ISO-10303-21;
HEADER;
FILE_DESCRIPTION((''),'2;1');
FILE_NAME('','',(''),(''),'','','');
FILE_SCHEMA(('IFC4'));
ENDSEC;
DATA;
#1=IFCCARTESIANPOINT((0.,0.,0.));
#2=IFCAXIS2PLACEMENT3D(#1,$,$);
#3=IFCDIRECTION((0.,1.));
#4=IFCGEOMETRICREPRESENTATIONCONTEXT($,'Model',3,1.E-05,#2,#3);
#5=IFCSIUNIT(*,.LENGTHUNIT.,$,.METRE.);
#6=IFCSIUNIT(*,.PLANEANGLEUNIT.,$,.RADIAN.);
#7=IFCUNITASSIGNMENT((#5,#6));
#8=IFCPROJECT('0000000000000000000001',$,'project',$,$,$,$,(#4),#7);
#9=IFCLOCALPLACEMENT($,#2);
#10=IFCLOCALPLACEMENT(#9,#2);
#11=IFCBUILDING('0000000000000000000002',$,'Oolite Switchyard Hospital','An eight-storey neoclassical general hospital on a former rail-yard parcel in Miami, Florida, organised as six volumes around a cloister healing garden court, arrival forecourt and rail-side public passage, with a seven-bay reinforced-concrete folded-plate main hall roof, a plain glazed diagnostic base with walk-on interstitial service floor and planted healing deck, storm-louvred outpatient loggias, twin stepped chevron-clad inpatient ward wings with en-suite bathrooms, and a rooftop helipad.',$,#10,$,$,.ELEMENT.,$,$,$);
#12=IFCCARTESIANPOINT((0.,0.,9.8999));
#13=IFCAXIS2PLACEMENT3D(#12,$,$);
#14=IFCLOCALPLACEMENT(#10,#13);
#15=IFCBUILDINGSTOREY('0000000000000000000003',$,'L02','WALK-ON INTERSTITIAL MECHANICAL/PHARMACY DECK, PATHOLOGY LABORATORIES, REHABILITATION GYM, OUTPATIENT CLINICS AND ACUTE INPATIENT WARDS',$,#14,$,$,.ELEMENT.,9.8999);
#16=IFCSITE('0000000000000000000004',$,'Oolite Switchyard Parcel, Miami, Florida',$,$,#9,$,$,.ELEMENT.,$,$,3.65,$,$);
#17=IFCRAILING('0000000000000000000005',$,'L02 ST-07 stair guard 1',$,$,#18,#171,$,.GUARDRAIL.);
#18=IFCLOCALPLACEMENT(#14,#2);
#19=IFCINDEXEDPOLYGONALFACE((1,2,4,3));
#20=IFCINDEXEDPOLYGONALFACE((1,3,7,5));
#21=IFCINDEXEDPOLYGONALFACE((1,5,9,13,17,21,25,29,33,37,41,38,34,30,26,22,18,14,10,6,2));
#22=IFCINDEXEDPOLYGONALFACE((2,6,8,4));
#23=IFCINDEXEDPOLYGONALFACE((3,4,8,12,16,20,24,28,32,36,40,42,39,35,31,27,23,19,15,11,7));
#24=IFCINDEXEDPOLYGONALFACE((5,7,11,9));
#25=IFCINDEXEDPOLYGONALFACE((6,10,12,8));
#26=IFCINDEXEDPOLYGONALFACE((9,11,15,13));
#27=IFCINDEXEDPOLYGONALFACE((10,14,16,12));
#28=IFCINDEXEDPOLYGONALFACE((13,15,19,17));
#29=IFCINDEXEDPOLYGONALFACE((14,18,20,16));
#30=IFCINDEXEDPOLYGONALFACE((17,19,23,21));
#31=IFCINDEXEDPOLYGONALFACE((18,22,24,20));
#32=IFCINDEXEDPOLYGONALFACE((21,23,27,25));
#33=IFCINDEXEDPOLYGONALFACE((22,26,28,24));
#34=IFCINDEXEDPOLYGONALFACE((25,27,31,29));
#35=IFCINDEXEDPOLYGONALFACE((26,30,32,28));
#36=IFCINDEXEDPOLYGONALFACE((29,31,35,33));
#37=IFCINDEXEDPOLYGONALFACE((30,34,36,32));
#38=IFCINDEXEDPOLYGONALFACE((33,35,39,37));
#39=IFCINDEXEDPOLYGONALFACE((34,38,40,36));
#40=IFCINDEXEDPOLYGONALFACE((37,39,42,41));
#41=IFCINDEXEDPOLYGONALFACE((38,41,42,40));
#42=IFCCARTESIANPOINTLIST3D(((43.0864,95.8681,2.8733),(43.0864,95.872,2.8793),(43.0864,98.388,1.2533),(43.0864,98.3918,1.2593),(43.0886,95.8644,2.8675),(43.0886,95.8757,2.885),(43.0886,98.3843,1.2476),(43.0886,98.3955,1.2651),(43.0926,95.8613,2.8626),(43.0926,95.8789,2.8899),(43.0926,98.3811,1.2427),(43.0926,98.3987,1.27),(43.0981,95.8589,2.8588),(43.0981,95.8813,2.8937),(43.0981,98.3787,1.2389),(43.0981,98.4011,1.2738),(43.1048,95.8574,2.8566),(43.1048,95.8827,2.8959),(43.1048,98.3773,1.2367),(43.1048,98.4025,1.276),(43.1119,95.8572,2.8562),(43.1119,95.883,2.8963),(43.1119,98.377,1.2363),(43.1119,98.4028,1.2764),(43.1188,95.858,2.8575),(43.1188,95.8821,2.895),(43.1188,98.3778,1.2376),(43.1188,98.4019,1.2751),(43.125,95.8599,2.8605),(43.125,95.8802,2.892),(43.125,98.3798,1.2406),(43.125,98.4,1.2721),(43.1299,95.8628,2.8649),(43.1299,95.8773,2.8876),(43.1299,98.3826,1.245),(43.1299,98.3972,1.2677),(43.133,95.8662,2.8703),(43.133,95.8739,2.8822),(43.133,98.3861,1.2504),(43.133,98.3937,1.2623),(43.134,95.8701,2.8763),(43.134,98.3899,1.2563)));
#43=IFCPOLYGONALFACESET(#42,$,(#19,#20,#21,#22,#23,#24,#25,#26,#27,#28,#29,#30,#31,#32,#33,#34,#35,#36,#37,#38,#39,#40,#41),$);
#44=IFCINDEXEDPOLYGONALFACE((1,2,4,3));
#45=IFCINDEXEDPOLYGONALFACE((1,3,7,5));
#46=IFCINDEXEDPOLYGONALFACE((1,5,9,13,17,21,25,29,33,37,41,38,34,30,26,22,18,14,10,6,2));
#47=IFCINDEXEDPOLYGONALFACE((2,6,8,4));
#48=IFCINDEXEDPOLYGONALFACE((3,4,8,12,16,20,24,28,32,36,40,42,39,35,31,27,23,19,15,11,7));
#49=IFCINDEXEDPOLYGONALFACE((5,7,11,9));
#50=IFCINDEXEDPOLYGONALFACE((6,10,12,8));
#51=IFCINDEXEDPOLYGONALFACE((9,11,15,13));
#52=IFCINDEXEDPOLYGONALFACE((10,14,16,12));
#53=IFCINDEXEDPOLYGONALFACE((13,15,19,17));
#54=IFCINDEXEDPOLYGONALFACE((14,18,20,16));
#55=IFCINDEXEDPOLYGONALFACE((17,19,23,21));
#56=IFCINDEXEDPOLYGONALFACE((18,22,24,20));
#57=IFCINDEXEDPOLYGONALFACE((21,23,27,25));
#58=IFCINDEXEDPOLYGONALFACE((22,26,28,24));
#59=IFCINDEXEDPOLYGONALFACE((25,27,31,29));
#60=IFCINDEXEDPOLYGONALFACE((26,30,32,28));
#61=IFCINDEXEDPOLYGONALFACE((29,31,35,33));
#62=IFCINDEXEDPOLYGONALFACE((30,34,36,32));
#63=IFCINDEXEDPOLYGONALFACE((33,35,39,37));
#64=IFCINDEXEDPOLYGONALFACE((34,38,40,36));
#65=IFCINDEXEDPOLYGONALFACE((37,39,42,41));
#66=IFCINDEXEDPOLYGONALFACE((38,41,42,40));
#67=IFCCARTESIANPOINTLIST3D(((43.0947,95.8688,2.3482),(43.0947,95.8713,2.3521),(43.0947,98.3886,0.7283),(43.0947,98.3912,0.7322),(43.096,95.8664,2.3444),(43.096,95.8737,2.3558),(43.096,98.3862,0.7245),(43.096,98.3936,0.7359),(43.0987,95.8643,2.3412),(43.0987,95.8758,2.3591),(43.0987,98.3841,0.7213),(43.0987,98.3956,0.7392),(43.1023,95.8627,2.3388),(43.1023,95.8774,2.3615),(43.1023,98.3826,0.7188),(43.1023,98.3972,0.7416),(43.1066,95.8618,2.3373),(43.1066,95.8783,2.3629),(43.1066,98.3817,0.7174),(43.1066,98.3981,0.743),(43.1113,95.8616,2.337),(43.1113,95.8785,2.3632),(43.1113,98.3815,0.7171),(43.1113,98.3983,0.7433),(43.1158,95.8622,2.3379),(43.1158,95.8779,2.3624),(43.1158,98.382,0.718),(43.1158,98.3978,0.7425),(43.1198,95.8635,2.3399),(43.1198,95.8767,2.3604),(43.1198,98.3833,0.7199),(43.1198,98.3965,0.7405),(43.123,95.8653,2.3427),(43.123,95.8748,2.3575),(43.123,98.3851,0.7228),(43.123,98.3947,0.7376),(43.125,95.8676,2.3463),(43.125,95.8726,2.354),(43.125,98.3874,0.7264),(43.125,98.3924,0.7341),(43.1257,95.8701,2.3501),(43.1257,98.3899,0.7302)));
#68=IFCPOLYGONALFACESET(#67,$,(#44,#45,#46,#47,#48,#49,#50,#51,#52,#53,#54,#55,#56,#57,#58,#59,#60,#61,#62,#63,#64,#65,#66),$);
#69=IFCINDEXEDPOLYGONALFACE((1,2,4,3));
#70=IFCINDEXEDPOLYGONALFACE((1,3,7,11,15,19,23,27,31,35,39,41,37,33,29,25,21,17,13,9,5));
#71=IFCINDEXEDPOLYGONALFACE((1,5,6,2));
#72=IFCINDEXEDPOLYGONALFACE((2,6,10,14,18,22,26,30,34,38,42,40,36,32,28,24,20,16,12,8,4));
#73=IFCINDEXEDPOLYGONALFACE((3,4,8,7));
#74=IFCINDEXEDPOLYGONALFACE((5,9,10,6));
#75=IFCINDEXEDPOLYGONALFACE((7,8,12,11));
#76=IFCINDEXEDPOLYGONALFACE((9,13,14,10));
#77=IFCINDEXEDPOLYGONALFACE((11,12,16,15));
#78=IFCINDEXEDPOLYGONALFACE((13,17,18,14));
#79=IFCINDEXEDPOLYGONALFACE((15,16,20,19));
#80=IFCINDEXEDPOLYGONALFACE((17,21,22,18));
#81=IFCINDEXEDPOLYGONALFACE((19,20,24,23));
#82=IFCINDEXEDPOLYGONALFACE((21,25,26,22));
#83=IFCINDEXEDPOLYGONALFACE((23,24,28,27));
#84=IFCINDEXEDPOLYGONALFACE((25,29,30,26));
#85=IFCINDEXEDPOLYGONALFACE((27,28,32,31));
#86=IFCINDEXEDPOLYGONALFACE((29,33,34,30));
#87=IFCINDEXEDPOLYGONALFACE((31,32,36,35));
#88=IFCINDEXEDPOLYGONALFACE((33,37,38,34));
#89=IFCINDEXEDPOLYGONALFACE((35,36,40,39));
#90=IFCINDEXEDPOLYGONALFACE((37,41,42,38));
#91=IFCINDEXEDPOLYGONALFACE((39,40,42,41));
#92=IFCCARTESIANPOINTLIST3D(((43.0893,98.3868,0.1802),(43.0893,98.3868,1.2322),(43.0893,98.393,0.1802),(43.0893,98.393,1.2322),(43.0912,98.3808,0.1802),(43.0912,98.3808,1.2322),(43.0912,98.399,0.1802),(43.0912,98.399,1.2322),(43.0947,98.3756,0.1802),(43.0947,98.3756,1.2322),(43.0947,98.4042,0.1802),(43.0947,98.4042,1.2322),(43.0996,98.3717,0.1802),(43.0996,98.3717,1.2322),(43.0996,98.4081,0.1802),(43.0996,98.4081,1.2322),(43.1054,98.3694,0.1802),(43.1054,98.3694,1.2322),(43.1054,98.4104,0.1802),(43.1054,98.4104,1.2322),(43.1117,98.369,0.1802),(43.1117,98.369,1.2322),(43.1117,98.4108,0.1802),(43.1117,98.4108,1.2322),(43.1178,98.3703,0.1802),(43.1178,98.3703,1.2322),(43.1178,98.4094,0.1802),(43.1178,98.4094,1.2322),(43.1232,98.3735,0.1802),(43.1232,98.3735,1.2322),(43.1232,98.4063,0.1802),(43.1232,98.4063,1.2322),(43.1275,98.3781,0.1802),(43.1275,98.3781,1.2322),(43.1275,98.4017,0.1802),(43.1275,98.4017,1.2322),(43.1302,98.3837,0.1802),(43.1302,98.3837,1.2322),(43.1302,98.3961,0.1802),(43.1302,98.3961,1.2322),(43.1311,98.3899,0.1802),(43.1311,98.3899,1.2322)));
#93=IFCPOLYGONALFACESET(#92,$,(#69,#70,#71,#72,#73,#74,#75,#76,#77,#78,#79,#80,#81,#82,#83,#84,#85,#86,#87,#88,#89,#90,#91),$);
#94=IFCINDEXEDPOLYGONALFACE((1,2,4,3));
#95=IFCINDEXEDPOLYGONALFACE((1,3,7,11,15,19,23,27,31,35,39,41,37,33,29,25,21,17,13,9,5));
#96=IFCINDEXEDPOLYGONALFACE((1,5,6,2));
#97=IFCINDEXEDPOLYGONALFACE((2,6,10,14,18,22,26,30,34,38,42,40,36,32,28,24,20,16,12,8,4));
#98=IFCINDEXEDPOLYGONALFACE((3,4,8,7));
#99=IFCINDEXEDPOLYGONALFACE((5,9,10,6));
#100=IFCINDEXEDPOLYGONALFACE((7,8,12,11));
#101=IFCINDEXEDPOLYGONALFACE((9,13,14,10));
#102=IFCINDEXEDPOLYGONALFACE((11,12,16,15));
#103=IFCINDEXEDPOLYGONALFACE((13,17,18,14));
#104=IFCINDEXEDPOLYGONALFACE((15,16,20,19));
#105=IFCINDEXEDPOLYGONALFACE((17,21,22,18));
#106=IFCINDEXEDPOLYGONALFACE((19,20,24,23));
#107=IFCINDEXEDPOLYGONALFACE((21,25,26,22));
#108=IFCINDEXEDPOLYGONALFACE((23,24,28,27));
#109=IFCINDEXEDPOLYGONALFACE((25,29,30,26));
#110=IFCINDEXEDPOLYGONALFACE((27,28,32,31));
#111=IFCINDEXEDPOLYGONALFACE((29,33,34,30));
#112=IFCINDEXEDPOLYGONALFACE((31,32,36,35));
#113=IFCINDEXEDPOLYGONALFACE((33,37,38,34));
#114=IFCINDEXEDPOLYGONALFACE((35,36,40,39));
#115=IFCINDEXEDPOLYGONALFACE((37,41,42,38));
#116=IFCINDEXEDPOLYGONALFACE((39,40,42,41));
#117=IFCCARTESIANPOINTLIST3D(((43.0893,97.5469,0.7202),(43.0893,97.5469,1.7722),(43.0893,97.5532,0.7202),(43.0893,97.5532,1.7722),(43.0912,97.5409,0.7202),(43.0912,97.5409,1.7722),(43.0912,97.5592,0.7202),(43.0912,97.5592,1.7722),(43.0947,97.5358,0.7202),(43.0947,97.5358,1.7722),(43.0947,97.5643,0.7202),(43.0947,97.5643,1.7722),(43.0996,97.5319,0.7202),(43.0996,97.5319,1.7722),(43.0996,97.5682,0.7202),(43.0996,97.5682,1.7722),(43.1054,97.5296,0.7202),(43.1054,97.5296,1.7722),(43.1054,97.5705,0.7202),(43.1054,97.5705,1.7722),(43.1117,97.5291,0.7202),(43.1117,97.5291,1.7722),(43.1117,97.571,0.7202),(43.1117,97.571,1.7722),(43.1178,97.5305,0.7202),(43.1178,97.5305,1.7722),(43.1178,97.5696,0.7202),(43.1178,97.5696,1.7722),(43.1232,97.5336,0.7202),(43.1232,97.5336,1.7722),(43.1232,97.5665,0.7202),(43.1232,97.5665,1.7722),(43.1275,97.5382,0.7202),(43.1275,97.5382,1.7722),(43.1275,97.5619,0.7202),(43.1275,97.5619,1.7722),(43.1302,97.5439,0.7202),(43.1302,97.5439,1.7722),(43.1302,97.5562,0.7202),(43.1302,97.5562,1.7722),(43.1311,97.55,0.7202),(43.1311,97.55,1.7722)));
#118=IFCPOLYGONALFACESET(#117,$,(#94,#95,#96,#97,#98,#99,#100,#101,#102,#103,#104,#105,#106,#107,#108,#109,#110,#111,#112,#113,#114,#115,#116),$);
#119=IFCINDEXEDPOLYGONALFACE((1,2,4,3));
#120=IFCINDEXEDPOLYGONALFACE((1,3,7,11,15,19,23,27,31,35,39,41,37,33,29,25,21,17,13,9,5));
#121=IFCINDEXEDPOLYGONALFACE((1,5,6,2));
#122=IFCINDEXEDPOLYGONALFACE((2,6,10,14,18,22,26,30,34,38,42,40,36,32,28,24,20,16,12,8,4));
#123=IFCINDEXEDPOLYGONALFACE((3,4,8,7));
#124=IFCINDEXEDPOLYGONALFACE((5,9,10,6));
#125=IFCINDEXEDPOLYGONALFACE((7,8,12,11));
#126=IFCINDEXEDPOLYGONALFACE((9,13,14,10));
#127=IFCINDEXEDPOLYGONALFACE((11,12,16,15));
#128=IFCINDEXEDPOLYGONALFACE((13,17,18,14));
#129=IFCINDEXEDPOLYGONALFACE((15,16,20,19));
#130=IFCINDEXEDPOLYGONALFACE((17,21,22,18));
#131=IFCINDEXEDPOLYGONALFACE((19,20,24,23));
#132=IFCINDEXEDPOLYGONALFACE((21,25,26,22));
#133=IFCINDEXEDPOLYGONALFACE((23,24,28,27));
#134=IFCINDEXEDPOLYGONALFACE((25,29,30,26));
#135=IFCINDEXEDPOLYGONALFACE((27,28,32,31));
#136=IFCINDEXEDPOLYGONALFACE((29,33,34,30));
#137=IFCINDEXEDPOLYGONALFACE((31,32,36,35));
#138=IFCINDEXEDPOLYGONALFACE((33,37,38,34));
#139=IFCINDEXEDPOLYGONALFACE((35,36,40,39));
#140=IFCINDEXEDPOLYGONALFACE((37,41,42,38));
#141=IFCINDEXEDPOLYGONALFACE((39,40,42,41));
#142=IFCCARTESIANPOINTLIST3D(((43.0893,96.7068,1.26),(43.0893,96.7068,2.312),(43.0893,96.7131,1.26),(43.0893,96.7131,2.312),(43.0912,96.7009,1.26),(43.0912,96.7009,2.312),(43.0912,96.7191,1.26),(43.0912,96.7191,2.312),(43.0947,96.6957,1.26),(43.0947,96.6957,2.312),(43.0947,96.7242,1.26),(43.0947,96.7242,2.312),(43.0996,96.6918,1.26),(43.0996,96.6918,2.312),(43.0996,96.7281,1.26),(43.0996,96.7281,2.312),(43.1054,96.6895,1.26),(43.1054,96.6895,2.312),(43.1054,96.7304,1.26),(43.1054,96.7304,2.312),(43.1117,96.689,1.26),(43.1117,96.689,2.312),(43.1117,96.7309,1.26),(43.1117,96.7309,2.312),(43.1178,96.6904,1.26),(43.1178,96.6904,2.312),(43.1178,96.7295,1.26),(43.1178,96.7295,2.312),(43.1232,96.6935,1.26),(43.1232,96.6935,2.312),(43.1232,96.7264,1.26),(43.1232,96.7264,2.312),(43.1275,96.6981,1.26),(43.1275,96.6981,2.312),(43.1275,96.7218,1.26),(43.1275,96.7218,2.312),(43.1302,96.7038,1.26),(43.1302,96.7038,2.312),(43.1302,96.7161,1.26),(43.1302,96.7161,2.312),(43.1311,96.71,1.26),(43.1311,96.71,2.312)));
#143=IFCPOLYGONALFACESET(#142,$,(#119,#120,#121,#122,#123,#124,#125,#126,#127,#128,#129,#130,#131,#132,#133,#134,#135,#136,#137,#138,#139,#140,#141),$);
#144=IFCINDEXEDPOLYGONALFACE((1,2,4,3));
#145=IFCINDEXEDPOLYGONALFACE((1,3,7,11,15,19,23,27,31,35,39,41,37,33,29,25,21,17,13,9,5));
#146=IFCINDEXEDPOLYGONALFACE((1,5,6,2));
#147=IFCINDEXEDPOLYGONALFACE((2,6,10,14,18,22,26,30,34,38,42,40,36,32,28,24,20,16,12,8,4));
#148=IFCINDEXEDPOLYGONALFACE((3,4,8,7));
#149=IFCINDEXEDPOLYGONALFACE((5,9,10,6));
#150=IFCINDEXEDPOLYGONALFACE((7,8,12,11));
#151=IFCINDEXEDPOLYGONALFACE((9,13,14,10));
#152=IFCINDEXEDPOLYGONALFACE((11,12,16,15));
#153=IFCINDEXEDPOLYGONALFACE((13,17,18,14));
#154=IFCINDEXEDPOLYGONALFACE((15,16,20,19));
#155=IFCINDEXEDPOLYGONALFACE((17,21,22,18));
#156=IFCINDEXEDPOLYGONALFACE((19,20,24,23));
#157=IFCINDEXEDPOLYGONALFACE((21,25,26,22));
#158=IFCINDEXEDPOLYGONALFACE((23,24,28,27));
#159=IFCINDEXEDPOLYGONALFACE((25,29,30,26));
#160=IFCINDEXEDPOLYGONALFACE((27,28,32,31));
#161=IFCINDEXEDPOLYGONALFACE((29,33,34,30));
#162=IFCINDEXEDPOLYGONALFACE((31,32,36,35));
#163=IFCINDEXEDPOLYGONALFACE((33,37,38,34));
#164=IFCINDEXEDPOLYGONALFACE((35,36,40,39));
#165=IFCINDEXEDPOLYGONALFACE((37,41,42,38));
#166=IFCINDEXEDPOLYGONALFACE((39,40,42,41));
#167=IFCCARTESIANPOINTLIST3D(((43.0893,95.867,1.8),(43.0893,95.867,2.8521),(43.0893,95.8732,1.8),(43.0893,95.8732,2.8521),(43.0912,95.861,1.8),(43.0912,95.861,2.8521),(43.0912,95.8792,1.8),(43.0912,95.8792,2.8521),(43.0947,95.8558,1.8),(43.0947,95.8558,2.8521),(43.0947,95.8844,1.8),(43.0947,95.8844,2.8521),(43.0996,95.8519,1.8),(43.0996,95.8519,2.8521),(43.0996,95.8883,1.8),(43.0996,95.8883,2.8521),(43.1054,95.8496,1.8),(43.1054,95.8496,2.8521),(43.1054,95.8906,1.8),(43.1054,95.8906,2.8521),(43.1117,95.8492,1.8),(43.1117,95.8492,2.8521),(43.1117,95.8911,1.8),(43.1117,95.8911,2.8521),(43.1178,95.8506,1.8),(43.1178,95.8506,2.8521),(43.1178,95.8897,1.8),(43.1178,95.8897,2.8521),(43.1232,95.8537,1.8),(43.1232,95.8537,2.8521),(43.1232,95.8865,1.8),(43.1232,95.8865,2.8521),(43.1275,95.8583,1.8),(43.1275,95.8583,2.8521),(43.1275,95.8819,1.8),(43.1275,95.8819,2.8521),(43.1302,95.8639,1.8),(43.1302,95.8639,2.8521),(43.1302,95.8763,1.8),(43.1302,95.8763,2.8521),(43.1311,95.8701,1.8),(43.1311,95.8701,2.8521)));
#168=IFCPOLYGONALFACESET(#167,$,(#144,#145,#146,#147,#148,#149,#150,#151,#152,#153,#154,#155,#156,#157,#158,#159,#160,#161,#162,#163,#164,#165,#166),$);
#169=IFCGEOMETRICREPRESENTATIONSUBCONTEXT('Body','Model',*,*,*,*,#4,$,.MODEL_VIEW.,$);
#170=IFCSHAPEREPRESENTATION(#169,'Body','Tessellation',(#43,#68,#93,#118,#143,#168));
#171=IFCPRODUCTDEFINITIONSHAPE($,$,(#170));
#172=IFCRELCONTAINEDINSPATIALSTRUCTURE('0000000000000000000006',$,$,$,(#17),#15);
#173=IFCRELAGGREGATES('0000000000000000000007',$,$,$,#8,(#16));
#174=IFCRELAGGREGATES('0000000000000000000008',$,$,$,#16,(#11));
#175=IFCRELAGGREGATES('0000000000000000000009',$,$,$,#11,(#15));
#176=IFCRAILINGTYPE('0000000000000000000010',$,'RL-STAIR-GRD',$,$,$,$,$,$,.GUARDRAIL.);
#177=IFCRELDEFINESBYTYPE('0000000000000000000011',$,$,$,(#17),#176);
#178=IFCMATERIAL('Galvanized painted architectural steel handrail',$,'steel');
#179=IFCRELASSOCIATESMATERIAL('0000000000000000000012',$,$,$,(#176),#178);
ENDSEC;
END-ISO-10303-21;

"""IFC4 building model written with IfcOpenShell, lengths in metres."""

from ifc_helpers import new_model, si_unit, direction, frame, origin, origin_2d, place, context, subcontext, project, spatial, circle, extrude, material, type_object, element, save


model = new_model("IFC4")

# Units and contexts
model_context = context("Model", 3, precision=1e-05, world=origin(), true_north=direction((0.0, 1.0)))
body_context = subcontext(model_context, "Body", "Model", "MODEL_VIEW")
ifc_project = project(units=[si_unit("LENGTHUNIT", "METRE"), si_unit("PLANEANGLEUNIT", "RADIAN")], contexts=[model_context])

# Site, building, storey
site_placement = place(None, origin())
site = spatial("IfcSite", under=ifc_project, at=site_placement, Name="Oolite Switchyard Parcel, Miami, Florida", CompositionType="ELEMENT", RefElevation=3.65)
building_placement = place(site_placement, origin())
building = spatial("IfcBuilding", under=site, at=building_placement, Name="Oolite Switchyard Hospital", Description="An eight-storey neoclassical general hospital on a former rail-yard parcel in Miami, Florida, organised as six volumes around a cloister healing garden court, arrival forecourt and rail-side public passage, with a seven-bay reinforced-concrete folded-plate main hall roof, a plain glazed diagnostic base with walk-on interstitial service floor and planted healing deck, storm-louvred outpatient loggias, twin stepped chevron-clad inpatient ward wings with en-suite bathrooms, and a rooftop helipad.", CompositionType="ELEMENT")
storey_placement = place(building_placement, frame((0.0, 0.0, 9.8999)))
storey = spatial("IfcBuildingStorey", under=building, at=storey_placement, Name="L02", Description="WALK-ON INTERSTITIAL MECHANICAL/PHARMACY DECK, PATHOLOGY LABORATORIES, REHABILITATION GYM, OUTPATIENT CLINICS AND ACUTE INPATIENT WARDS", CompositionType="ELEMENT", Elevation=9.8999)

# Railing
ifc_material_1 = material(Name="Galvanized painted architectural steel handrail", Category="steel")
railing_type_1 = type_object("IfcRailingType", Name="RL-STAIR-GRD", PredefinedType="GUARDRAIL", material=ifc_material_1)
railing_1_placement = place(storey_placement, frame((43.1101, 98.3899, 0.1802)))
element("IfcRailing", 1, at=railing_1_placement, inside=storey, type_object=railing_type_1, Name="L02 ST-07 stair guard 1", PredefinedType="GUARDRAIL", context=body_context, shape_type="SweptSolid", body=[
    extrude(circle(Radius=0.0239, at=origin_2d()), frame((0.0, 0.0, 1.0762), z_axis=(0.0, -0.841176, 0.540762), x_axis=(1.0, 0.0, 0.0)), (0.0, 0.0, 1.0), 2.9956),
    extrude(circle(Radius=0.0156, at=origin_2d()), frame((0.0, 0.0, 0.55), z_axis=(0.0, -0.841176, 0.540762), x_axis=(1.0, 0.0, 0.0)), (0.0, 0.0, 1.0), 2.9956),
    extrude(circle(Radius=0.021, at=origin_2d()), origin(), (0.0, 0.0, 1.0), 1.052),
    extrude(circle(Radius=0.021, at=origin_2d()), frame((0.0, -0.8398, 0.54)), (0.0, 0.0, 1.0), 1.052),
    extrude(circle(Radius=0.021, at=origin_2d()), frame((0.0, -1.6799, 1.0798)), (0.0, 0.0, 1.0), 1.052),
    extrude(circle(Radius=0.021, at=origin_2d()), frame((0.0, -2.5198, 1.6199)), (0.0, 0.0, 1.0), 1.052),
])

save(model, "model.ifc")
